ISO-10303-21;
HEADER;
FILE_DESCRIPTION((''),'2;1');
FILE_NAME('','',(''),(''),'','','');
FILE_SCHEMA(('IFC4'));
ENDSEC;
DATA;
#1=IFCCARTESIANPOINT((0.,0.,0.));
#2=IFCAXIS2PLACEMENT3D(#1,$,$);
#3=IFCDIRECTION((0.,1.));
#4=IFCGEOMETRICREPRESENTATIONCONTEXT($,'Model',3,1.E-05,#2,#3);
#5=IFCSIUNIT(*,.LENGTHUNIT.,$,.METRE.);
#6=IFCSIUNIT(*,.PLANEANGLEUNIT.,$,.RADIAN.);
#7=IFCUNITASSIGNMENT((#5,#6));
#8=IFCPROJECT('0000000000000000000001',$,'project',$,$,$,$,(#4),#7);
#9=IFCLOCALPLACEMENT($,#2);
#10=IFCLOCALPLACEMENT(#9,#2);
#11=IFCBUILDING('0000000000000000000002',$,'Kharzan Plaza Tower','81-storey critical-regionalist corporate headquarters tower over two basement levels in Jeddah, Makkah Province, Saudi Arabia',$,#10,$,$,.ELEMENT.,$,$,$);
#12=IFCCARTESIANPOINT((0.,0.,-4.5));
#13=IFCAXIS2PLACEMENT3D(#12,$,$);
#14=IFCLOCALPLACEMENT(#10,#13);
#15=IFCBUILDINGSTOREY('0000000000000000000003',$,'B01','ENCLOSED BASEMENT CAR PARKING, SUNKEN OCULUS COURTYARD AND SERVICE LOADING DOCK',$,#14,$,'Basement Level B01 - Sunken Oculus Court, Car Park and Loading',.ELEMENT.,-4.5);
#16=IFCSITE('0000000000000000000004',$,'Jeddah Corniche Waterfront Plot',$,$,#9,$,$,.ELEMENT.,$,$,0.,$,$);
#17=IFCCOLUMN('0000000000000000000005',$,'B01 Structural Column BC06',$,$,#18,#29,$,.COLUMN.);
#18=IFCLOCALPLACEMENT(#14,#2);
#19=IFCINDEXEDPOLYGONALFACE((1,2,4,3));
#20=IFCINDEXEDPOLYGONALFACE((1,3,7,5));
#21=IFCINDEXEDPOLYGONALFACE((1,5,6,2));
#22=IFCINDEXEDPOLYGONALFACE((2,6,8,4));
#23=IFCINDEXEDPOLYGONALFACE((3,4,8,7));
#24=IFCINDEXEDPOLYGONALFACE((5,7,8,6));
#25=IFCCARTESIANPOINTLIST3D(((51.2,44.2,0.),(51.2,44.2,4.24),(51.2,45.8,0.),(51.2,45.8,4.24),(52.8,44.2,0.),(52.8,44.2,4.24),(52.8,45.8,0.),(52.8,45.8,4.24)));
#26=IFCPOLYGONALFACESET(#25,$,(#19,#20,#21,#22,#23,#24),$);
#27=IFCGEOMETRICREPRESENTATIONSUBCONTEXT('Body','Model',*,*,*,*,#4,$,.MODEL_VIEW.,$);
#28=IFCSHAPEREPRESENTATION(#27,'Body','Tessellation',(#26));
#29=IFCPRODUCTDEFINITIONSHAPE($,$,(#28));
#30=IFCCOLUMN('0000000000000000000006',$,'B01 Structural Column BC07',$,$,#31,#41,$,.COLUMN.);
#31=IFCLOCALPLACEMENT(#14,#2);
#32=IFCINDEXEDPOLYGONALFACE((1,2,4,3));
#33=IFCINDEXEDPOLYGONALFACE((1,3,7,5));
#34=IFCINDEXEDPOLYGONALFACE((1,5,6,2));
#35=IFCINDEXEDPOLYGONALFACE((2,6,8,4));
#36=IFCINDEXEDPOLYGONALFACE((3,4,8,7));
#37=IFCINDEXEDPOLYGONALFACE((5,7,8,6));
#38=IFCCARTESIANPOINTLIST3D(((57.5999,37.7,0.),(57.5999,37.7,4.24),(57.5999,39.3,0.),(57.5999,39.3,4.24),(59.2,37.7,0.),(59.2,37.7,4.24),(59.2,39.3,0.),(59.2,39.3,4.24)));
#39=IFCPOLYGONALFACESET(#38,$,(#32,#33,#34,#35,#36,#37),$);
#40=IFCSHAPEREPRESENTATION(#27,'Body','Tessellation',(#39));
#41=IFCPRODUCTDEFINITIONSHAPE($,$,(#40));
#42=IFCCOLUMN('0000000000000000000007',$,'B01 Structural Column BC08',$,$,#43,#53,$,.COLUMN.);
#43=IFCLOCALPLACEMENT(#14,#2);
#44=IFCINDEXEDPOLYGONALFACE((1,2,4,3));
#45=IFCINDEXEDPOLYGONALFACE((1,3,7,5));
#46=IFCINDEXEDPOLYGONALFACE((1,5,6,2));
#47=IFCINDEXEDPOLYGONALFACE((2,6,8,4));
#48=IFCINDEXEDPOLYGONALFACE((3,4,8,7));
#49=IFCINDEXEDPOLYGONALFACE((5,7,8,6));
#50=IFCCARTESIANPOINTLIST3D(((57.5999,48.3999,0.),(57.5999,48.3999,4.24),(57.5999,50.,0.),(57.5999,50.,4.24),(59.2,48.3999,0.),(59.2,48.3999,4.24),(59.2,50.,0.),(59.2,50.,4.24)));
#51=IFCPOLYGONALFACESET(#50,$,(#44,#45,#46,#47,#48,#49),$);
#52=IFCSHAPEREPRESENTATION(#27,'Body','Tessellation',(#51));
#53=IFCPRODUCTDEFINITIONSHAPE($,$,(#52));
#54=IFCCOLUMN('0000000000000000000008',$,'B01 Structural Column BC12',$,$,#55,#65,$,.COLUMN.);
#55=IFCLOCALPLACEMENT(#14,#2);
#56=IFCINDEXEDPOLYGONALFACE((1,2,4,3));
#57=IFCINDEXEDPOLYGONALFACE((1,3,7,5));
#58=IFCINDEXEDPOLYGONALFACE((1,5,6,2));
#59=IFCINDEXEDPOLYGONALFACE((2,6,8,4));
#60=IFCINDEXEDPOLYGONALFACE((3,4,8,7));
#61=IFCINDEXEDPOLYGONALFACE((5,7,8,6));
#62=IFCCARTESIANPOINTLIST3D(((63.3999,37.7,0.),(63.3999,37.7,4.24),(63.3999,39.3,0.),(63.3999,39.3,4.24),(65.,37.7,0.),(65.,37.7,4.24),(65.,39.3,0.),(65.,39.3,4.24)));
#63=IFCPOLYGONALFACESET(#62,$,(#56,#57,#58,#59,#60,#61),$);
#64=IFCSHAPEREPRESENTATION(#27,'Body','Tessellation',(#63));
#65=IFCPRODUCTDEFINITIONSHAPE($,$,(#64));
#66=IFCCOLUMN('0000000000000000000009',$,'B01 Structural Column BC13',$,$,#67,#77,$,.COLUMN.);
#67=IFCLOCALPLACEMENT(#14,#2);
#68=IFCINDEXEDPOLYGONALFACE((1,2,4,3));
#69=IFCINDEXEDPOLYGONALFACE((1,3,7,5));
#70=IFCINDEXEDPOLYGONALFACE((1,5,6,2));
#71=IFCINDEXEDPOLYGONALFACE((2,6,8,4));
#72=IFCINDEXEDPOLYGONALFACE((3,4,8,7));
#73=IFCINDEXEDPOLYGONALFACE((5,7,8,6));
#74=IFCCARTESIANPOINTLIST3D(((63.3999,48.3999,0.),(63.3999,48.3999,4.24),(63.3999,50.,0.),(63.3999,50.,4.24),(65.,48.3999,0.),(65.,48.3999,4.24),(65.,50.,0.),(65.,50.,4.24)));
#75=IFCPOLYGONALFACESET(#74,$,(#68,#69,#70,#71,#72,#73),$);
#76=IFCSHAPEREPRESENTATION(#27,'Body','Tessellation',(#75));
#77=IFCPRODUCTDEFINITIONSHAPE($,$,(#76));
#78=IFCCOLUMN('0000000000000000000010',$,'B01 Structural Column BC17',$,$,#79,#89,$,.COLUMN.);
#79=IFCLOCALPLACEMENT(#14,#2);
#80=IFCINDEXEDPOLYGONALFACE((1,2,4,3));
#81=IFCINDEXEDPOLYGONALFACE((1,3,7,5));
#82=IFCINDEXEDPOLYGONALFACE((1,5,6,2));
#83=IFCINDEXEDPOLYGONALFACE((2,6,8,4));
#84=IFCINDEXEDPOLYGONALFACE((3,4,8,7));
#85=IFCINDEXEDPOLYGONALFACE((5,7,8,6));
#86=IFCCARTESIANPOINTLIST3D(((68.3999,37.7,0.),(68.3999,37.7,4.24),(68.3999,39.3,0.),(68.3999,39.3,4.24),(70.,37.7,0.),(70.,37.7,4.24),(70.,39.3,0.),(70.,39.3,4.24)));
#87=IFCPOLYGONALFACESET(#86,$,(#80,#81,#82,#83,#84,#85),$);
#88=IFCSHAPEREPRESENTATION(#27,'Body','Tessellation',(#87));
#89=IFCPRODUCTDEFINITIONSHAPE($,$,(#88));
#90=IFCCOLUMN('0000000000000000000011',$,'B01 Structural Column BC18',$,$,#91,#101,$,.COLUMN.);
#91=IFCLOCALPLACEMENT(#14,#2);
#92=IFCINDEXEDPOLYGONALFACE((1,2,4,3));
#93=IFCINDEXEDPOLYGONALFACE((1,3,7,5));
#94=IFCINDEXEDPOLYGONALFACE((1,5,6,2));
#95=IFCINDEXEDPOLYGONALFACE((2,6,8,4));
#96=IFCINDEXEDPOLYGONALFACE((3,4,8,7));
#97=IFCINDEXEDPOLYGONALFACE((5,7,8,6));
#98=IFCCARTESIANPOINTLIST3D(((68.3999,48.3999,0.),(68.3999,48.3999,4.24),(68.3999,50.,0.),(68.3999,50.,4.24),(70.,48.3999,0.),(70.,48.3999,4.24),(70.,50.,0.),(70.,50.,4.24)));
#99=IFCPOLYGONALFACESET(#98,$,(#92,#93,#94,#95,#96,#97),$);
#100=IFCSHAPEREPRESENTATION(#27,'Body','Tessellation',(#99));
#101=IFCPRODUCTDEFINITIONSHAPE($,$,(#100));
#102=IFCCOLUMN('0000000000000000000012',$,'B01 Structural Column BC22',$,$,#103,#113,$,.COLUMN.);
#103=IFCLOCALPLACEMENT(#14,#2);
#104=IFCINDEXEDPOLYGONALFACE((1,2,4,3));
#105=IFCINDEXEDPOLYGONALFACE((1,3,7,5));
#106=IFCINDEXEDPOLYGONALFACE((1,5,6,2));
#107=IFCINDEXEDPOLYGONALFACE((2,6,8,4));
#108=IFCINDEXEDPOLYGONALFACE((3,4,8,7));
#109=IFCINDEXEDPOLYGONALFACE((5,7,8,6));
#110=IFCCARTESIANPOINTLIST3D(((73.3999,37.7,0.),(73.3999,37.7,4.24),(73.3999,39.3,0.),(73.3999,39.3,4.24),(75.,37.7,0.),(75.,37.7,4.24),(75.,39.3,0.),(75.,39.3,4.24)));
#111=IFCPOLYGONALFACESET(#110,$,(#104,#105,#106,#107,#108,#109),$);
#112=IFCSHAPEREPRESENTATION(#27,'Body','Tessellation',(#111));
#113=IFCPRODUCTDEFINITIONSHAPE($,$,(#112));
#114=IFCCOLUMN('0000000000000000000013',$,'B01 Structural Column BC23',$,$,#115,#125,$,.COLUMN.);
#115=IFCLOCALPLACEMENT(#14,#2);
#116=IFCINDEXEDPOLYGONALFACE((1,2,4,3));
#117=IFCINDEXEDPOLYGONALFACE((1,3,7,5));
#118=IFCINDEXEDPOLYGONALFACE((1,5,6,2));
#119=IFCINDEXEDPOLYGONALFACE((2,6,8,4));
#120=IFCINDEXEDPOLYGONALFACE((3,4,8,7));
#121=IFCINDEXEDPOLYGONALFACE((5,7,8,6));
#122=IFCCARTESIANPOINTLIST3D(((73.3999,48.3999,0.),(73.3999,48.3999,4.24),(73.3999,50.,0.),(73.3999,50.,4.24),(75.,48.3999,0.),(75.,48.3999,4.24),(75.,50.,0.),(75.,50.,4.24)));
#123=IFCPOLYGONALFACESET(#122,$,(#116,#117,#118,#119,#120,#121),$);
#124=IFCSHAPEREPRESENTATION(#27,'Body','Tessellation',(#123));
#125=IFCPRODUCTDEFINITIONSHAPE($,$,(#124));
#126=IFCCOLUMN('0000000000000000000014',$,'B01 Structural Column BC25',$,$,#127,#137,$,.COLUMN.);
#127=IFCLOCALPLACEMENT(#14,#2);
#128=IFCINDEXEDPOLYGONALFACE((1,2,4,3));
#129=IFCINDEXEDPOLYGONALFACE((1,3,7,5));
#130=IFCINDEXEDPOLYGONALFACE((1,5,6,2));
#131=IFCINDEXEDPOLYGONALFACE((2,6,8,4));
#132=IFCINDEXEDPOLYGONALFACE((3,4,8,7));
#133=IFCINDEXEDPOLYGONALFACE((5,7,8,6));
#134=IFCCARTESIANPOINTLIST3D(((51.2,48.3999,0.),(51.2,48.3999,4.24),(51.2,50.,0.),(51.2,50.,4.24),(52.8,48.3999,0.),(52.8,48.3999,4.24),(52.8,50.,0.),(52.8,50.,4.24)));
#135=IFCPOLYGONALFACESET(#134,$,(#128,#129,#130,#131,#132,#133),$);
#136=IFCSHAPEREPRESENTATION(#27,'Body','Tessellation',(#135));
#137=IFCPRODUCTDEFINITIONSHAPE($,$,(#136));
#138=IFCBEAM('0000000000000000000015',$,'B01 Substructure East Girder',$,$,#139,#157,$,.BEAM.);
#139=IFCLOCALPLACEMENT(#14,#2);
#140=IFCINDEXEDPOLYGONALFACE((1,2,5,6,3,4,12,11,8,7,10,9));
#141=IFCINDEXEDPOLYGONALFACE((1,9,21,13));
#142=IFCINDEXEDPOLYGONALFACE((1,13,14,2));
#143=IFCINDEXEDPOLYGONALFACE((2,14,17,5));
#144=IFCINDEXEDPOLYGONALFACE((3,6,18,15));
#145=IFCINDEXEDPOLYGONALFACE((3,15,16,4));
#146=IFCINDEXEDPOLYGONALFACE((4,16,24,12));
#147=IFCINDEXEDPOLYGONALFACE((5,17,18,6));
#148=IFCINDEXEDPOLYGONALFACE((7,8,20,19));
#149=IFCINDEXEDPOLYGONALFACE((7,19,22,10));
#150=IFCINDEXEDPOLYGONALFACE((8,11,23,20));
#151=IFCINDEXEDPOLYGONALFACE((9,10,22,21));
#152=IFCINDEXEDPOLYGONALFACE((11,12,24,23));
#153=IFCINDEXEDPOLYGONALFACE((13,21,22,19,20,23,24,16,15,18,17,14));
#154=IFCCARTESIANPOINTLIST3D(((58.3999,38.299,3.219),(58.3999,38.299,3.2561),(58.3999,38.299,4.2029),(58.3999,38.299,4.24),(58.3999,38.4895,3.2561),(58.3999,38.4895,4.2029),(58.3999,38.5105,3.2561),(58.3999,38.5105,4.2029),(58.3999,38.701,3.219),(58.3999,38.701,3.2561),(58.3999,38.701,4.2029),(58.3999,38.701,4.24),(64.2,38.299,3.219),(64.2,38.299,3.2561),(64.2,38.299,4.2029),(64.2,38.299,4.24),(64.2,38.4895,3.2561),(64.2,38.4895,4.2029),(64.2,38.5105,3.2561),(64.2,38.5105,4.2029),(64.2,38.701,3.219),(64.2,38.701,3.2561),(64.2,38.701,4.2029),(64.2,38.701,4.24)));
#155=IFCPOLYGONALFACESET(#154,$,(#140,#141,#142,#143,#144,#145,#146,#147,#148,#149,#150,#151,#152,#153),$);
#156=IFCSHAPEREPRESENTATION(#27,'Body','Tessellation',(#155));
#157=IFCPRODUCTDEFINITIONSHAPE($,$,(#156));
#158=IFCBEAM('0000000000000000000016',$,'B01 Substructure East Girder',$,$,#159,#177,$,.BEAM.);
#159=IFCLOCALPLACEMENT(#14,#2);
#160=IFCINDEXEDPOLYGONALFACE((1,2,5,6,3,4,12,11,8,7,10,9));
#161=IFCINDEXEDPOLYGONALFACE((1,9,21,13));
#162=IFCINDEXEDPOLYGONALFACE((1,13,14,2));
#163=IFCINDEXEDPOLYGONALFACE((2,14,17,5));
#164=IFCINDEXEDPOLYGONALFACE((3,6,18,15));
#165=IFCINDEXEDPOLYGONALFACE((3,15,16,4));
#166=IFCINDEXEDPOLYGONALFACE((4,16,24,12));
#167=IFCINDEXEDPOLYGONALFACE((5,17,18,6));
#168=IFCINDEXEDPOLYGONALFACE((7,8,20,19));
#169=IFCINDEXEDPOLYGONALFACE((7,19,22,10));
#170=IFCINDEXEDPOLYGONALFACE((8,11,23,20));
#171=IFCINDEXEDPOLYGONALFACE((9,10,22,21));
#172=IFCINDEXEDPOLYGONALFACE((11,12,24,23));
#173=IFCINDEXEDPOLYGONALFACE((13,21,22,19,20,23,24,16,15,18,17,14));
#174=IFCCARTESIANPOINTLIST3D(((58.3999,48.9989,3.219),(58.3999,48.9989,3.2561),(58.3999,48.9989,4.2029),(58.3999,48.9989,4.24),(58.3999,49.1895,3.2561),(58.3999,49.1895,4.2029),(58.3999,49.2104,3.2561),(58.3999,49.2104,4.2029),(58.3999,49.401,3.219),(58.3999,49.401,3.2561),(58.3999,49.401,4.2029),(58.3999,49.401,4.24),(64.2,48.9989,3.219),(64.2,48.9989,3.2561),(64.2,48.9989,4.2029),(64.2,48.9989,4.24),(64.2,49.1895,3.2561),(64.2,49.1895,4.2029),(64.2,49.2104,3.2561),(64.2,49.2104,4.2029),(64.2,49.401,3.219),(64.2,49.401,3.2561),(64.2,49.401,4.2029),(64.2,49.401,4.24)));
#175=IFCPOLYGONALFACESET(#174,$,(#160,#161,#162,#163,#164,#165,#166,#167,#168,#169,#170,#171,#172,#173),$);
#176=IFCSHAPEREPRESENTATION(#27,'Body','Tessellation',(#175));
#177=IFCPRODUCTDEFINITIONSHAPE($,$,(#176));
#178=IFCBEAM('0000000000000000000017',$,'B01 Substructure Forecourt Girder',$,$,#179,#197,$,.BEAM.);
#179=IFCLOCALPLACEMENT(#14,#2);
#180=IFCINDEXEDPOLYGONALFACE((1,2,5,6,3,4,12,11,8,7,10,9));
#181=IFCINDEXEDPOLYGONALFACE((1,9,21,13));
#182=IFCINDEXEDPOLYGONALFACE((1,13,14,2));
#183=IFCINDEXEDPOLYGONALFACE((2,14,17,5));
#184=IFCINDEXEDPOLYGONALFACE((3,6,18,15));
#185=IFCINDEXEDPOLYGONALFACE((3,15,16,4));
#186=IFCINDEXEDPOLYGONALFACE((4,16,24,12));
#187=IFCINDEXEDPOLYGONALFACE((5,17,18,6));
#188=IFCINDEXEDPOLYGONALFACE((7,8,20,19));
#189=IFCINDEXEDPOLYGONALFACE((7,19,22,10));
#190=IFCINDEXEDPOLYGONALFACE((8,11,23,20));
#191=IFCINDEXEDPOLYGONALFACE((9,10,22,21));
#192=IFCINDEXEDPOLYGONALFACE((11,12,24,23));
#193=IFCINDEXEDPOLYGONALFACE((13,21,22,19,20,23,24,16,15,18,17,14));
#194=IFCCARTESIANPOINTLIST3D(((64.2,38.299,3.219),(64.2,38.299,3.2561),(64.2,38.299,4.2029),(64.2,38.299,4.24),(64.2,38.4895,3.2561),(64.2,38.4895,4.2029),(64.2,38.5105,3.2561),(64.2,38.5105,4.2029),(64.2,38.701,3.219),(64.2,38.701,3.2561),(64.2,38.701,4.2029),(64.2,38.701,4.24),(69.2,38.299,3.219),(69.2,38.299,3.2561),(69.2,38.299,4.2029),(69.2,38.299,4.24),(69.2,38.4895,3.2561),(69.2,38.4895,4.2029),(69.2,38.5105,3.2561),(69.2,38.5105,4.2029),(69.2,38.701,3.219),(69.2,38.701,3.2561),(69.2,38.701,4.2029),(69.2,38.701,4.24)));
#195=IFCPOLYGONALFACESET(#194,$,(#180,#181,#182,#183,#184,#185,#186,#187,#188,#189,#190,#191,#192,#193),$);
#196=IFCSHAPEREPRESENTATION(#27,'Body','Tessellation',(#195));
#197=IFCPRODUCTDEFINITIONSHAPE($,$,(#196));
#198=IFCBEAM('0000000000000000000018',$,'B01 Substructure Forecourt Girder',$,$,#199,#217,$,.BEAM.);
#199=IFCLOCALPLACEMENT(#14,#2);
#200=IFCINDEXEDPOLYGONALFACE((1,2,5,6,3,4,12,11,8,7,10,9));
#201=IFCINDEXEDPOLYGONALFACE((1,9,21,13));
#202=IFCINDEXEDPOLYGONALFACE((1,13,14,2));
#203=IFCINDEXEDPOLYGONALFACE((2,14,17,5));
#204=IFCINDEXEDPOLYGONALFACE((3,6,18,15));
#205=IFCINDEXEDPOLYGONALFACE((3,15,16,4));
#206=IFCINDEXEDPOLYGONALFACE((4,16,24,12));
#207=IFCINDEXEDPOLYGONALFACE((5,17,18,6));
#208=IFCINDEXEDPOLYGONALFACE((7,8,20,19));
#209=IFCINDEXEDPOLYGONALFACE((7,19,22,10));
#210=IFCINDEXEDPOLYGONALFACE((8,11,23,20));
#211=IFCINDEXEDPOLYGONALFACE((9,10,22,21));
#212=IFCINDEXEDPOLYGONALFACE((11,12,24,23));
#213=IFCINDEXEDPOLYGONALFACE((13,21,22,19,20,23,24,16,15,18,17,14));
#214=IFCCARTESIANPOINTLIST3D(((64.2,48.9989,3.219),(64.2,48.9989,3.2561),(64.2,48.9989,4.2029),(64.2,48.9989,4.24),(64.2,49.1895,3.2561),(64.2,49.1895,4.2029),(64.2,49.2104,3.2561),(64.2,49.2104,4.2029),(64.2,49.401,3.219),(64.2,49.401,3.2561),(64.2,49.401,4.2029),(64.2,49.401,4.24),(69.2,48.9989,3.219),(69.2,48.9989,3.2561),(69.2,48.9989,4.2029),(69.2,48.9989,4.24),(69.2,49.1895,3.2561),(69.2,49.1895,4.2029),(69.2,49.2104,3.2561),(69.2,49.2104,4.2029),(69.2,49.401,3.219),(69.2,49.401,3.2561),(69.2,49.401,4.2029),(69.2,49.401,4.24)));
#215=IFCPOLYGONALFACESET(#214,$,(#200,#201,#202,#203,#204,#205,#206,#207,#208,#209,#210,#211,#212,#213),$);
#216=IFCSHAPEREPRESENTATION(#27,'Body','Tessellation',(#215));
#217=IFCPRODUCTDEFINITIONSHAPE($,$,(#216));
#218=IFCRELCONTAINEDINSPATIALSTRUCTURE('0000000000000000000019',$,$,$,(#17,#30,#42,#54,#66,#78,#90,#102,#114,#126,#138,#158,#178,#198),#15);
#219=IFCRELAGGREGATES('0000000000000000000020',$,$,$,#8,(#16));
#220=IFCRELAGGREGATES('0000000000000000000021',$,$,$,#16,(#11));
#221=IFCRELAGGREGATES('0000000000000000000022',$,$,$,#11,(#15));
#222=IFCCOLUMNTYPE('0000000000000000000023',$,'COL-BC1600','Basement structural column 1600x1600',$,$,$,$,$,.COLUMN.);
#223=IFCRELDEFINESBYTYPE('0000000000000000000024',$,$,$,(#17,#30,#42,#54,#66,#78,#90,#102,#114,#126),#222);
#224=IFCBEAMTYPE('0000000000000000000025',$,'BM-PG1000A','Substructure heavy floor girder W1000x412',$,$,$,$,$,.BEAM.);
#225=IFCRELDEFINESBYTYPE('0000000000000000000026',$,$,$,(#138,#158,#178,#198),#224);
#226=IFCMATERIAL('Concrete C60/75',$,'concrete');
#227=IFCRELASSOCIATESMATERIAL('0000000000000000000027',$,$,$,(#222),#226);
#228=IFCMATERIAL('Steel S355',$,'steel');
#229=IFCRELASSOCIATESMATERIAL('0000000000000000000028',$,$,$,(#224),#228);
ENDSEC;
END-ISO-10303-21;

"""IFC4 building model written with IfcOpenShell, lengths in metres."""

from ifc_helpers import new_model, si_unit, direction, frame, origin, origin_2d, place, context, subcontext, project, spatial, rectangle, i_section, extrude, source, transform, mapped, material, material_profile, profile_set, type_object, element, save


model = new_model("IFC4")

# Units and contexts
model_context = context("Model", 3, precision=1e-05, world=origin(), true_north=direction((0.0, 1.0)))
body_context = subcontext(model_context, "Body", "Model", "MODEL_VIEW")
ifc_project = project(units=[si_unit("LENGTHUNIT", "METRE"), si_unit("PLANEANGLEUNIT", "RADIAN")], contexts=[model_context])

# Site, building, storey
site_placement = place(None, origin())
site = spatial("IfcSite", under=ifc_project, at=site_placement, Name="Jeddah Corniche Waterfront Plot", CompositionType="ELEMENT", RefElevation=0.0)
building_placement = place(site_placement, origin())
building = spatial("IfcBuilding", under=site, at=building_placement, Name="Kharzan Plaza Tower", Description="81-storey critical-regionalist corporate headquarters tower over two basement levels in Jeddah, Makkah Province, Saudi Arabia", CompositionType="ELEMENT")
storey_placement = place(building_placement, frame((0.0, 0.0, -4.5)))
storey = spatial("IfcBuildingStorey", under=building, at=storey_placement, Name="B01", Description="ENCLOSED BASEMENT CAR PARKING, SUNKEN OCULUS COURTYARD AND SERVICE LOADING DOCK", LongName="Basement Level B01 - Sunken Oculus Court, Car Park and Loading", CompositionType="ELEMENT", Elevation=-4.5)

# Columns
ifc_material_1 = material(Name="Concrete C60/75", Category="concrete")
ifc_material_profile_1 = material_profile(ifc_material_1, rectangle(XDim=1.6001, YDim=1.6001, at=origin_2d()), Name="RC-MC1600x1600")
ifc_profile_set_1 = profile_set([ifc_material_profile_1], Name="Concrete C60/75")
column_type = type_object("IfcColumnType", Name="COL-BC1600", Description="Basement structural column 1600x1600", PredefinedType="COLUMN", material=ifc_profile_set_1)
shared_shape_1 = source(origin(), body_context, "Body", "SweptSolid", [
    extrude(rectangle(XDim=1.6001, YDim=1.6001, at=origin_2d()), origin(), (0.0, 0.0, 1.0), 4.24),
])
for number, where, z_axis, x_axis, name in (
    (1, (52.0, 45.0, 0.0), (0.0, 0.0, 1.0), (1.0, 0.0, 0.0), "B01 Structural Column BC06"),
    (2, (58.3999, 38.5, 0.0), (0.0, 0.0, 1.0), (1.0, 0.0, 0.0), "B01 Structural Column BC07"),
    (3, (58.3999, 49.2, 0.0), (0.0, 0.0, 1.0), (1.0, 0.0, 0.0), "B01 Structural Column BC08"),
    (4, (64.2, 38.5, 0.0), (0.0, 0.0, 1.0), (1.0, 0.0, 0.0), "B01 Structural Column BC12"),
    (5, (64.2, 49.2, 0.0), (0.0, 0.0, 1.0), (1.0, 0.0, 0.0), "B01 Structural Column BC13"),
    (6, (69.2, 38.5, 0.0), (0.0, 0.0, 1.0), (1.0, 0.0, 0.0), "B01 Structural Column BC17"),
    (7, (69.2, 49.2, 0.0), (0.0, 0.0, 1.0), (1.0, 0.0, 0.0), "B01 Structural Column BC18"),
    (8, (74.2, 38.5, 0.0), (0.0, 0.0, 1.0), (1.0, 0.0, 0.0), "B01 Structural Column BC22"),
    (9, (74.2, 49.2, 0.0), (0.0, 0.0, 1.0), (1.0, 0.0, 0.0), "B01 Structural Column BC23"),
    (10, (52.0, 49.2, 0.0), (0.0, 0.0, 1.0), (1.0, 0.0, 0.0), "B01 Structural Column BC25"),
):
    element("IfcColumn", number, at=place(storey_placement, frame(where, z_axis=z_axis, x_axis=x_axis)), inside=storey, type_object=column_type, Name=name, PredefinedType="COLUMN", context=body_context, shape_type="MappedRepresentation", body=[
        mapped(shared_shape_1, transform((0.0, 0.0, 0.0), x_axis=(1.0, 0.0, 0.0), y_axis=(0.0, 1.0, 0.0), z_axis=(0.0, 0.0, 1.0))),
    ])

# Beams
ifc_material_2 = material(Name="Steel S355", Category="steel")
ifc_material_profile_2 = material_profile(ifc_material_2, i_section(OverallWidth=0.4021, OverallDepth=1.021, WebThickness=0.021, FlangeThickness=0.0371, at=origin_2d()), Name="W1000x412")
ifc_profile_set_2 = profile_set([ifc_material_profile_2], Name="Steel S355")
beam_type = type_object("IfcBeamType", Name="BM-PG1000A", Description="Substructure heavy floor girder W1000x412", PredefinedType="BEAM", material=ifc_profile_set_2)
shared_shape_2 = source(origin(), body_context, "Body", "SweptSolid", [
    extrude(i_section(OverallWidth=0.4021, OverallDepth=1.021, WebThickness=0.021, FlangeThickness=0.0371, at=origin_2d()), origin(), (0.0, 0.0, 1.0), 5.8),
])
for number, where, z_axis, x_axis, name in (
    (11, (58.3999, 38.5, 3.7295), (1.0, 0.0, 0.0), (0.0, 1.0, 0.0), "B01 Substructure East Girder"),
    (12, (58.3999, 49.2, 3.7295), (1.0, 0.0, 0.0), (0.0, 1.0, 0.0), "B01 Substructure East Girder"),
):
    element("IfcBeam", number, at=place(storey_placement, frame(where, z_axis=z_axis, x_axis=x_axis)), inside=storey, type_object=beam_type, Name=name, PredefinedType="BEAM", context=body_context, shape_type="MappedRepresentation", body=[
        mapped(shared_shape_2, transform((0.0, 0.0, 0.0), x_axis=(1.0, 0.0, 0.0), y_axis=(0.0, 1.0, 0.0), z_axis=(0.0, 0.0, 1.0))),
    ])
shared_shape_3 = source(origin(), body_context, "Body", "SweptSolid", [
    extrude(i_section(OverallWidth=0.4021, OverallDepth=1.021, WebThickness=0.021, FlangeThickness=0.0371, at=origin_2d()), origin(), (0.0, 0.0, 1.0), 5.0),
])
for number, where, z_axis, x_axis, name in (
    (13, (64.2, 38.5, 3.7295), (1.0, 0.0, 0.0), (0.0, 1.0, 0.0), "B01 Substructure Forecourt Girder"),
    (14, (64.2, 49.2, 3.7295), (1.0, 0.0, 0.0), (0.0, 1.0, 0.0), "B01 Substructure Forecourt Girder"),
):
    element("IfcBeam", number, at=place(storey_placement, frame(where, z_axis=z_axis, x_axis=x_axis)), inside=storey, type_object=beam_type, Name=name, PredefinedType="BEAM", context=body_context, shape_type="MappedRepresentation", body=[
        mapped(shared_shape_3, transform((0.0, 0.0, 0.0), x_axis=(1.0, 0.0, 0.0), y_axis=(0.0, 1.0, 0.0), z_axis=(0.0, 0.0, 1.0))),
    ])

save(model, "model.ifc")
